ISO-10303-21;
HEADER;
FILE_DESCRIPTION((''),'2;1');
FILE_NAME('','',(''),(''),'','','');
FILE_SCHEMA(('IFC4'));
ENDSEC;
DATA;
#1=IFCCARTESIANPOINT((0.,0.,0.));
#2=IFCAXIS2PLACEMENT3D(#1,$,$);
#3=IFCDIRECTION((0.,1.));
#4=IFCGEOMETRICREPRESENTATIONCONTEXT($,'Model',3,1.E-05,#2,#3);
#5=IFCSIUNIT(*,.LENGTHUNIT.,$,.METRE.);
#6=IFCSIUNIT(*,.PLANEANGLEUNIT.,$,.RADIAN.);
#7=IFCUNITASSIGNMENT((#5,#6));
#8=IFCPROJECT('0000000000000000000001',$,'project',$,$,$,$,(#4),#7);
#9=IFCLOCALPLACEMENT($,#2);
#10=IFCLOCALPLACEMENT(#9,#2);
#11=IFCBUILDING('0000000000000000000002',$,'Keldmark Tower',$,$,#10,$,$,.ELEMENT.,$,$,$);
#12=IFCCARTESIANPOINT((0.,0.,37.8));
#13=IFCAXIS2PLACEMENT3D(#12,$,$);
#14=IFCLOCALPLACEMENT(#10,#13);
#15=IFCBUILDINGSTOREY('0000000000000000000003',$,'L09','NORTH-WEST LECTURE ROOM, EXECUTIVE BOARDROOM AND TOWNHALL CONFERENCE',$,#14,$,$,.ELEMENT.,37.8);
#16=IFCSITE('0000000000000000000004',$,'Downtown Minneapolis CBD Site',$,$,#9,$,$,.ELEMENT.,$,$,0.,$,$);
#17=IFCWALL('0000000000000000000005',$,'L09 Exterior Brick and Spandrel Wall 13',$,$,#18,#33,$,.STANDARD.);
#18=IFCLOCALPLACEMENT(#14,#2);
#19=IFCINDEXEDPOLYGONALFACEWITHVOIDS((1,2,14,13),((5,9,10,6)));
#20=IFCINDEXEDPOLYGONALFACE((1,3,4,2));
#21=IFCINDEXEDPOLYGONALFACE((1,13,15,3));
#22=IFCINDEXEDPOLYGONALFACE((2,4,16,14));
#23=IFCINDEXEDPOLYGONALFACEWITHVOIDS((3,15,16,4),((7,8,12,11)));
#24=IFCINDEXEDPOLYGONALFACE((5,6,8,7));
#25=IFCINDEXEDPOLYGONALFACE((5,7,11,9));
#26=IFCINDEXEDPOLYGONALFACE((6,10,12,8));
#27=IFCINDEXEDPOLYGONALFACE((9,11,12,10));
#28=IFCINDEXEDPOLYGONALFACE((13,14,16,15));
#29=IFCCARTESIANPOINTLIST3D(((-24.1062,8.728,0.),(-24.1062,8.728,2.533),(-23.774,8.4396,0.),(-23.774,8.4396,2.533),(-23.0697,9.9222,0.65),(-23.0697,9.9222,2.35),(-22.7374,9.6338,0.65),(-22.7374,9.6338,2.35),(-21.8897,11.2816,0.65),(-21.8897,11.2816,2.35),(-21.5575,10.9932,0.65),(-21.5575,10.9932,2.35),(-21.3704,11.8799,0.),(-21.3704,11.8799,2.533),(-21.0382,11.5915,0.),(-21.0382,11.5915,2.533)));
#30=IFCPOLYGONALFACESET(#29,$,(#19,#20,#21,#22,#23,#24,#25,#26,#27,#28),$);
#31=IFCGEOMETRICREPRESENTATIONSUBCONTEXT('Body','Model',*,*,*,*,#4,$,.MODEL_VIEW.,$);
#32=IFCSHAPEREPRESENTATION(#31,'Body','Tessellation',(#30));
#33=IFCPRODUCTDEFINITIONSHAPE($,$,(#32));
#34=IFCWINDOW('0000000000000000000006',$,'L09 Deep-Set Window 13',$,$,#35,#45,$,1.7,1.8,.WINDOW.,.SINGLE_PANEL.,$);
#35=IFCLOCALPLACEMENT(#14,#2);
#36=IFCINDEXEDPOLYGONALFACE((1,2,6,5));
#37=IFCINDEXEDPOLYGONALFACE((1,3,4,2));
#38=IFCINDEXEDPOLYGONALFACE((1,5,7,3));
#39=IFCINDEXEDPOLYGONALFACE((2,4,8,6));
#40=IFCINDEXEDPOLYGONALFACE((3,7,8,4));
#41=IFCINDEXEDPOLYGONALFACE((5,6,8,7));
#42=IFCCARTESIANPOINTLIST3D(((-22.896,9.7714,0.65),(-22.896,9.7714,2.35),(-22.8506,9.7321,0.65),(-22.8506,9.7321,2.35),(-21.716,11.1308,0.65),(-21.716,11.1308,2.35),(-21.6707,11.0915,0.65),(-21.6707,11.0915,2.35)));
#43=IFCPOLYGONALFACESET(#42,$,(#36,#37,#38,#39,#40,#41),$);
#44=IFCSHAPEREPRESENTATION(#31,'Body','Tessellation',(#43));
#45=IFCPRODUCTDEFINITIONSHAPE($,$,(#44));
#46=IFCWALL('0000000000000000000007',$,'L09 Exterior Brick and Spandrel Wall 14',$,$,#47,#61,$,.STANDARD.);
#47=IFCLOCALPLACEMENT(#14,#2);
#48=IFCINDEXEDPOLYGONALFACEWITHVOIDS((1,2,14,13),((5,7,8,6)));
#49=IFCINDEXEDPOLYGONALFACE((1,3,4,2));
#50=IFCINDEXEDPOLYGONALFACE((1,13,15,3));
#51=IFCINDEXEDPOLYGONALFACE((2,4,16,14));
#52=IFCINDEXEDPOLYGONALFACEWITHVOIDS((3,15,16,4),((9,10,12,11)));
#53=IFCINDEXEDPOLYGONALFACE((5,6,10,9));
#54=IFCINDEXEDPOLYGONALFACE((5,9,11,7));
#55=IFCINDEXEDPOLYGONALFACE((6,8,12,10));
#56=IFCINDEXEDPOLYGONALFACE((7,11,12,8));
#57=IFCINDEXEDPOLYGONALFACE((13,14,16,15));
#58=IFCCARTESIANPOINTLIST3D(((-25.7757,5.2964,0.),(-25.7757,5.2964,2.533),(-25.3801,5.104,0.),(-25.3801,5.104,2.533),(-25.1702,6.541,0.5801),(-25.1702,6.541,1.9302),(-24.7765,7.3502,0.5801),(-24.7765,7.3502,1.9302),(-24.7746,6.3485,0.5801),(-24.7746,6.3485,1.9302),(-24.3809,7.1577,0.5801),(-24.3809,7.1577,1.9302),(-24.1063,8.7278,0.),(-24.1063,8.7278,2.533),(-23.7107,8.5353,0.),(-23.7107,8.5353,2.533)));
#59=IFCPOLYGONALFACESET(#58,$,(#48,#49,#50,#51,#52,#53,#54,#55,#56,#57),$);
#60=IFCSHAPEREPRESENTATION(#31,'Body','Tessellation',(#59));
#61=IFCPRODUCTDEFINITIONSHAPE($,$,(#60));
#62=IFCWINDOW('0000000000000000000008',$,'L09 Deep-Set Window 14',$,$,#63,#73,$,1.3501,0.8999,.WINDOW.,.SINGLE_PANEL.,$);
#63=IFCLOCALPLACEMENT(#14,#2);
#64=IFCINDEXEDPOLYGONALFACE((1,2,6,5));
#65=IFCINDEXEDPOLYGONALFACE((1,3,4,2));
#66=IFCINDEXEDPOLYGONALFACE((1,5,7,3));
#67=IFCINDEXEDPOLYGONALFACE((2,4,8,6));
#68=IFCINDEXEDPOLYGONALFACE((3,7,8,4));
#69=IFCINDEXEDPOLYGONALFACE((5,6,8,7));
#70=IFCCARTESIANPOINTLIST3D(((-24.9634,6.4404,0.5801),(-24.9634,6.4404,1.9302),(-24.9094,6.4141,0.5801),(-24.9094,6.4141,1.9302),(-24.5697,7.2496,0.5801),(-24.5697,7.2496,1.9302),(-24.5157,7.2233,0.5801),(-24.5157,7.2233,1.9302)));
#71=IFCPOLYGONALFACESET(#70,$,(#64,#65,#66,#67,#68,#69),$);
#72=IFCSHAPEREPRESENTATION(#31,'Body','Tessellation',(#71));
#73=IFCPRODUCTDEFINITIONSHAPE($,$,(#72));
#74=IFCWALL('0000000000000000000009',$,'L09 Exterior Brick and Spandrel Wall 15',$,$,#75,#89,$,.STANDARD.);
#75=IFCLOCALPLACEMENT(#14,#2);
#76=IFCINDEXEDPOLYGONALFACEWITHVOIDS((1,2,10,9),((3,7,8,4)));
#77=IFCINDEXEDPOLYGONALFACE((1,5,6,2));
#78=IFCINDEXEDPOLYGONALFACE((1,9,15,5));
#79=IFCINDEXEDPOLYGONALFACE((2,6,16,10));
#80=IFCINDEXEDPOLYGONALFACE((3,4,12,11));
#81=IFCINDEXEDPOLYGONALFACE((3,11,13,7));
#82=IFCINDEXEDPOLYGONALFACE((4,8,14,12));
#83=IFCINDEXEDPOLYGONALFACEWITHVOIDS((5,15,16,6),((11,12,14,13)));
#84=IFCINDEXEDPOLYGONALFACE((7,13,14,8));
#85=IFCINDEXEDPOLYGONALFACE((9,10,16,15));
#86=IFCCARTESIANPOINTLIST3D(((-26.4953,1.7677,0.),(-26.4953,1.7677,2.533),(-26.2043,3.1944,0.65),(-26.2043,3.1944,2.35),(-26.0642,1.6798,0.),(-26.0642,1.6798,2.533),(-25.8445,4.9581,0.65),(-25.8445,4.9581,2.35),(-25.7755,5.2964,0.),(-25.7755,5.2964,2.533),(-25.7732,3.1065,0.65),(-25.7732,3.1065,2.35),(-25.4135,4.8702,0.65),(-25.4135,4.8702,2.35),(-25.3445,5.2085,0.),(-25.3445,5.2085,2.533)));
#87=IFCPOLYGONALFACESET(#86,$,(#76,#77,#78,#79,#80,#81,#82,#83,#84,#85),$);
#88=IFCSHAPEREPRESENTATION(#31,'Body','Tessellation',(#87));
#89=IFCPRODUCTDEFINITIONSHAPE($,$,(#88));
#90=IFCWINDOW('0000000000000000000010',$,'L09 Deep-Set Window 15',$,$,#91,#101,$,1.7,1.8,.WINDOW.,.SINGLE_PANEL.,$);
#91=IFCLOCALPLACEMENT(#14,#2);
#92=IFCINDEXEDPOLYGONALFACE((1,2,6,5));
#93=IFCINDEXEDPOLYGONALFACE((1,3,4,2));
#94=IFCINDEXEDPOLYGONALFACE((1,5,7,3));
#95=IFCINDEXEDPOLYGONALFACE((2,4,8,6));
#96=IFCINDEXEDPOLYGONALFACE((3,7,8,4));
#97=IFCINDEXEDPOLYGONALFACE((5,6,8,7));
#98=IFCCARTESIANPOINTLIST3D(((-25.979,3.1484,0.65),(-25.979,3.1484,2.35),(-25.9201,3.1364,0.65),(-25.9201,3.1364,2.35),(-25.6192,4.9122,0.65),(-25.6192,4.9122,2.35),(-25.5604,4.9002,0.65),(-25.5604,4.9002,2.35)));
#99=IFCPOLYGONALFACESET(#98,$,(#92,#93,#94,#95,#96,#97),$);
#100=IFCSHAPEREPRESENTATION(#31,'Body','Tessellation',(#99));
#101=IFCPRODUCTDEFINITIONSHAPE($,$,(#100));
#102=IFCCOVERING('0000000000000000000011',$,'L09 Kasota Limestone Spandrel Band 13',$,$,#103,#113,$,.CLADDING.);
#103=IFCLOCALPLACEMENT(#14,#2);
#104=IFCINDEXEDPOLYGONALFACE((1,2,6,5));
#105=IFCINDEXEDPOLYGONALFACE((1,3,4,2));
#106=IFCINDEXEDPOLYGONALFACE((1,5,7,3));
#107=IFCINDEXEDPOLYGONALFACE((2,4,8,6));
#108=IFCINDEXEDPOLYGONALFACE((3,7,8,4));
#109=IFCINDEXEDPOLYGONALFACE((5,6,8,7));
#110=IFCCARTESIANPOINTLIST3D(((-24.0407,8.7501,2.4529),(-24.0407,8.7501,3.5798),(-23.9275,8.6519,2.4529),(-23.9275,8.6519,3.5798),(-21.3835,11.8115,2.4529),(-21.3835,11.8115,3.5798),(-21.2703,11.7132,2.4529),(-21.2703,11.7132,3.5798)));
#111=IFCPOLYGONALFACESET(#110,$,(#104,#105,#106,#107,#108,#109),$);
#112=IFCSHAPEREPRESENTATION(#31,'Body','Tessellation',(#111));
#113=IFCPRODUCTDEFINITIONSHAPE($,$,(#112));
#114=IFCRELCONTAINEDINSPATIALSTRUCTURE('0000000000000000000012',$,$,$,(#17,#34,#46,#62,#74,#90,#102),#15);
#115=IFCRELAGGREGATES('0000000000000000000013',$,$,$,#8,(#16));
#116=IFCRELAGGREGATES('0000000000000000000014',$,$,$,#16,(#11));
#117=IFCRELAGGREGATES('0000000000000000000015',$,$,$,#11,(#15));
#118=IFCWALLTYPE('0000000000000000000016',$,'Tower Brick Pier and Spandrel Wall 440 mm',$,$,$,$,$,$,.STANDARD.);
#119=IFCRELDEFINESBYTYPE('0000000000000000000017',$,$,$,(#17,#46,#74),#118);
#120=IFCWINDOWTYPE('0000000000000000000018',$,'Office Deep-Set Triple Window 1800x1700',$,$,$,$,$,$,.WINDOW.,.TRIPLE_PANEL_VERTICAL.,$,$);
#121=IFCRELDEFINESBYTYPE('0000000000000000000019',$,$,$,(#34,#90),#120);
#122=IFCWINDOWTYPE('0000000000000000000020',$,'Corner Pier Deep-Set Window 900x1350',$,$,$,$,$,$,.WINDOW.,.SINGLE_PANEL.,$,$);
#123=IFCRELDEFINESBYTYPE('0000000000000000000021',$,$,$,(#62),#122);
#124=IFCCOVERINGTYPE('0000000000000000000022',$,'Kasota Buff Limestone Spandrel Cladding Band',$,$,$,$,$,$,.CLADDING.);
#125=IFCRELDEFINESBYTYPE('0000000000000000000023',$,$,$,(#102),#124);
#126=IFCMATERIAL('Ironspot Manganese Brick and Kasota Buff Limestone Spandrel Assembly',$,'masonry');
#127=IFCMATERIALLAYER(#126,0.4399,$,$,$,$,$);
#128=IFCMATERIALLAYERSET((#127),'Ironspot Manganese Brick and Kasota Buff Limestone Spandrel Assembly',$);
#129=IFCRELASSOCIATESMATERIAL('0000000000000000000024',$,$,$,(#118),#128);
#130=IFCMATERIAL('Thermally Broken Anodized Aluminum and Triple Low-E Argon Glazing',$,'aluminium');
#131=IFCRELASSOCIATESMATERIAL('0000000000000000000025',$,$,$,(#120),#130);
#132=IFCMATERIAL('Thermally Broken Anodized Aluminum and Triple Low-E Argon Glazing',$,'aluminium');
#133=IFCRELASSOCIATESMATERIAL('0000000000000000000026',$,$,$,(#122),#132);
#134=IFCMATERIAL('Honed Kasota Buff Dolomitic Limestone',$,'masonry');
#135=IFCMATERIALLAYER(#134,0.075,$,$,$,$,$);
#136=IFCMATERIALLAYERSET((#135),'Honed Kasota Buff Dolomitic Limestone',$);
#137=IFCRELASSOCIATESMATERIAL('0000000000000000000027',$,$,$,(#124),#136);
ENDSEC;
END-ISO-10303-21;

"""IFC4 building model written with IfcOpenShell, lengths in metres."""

from ifc_helpers import new_model, si_unit, direction, frame, frame_2d, origin, origin_2d, place, context, subcontext, project, spatial, rectangle, extrude, material, layer, layer_set, type_object, element, fill, save


model = new_model("IFC4")

# Units and contexts
model_context = context("Model", 3, precision=1e-05, world=origin(), true_north=direction((0.0, 1.0)))
body_context = subcontext(model_context, "Body", "Model", "MODEL_VIEW")
ifc_project = project(units=[si_unit("LENGTHUNIT", "METRE"), si_unit("PLANEANGLEUNIT", "RADIAN")], contexts=[model_context])

# Site, building, storey
site_placement = place(None, origin())
site = spatial("IfcSite", under=ifc_project, at=site_placement, Name="Downtown Minneapolis CBD Site", CompositionType="ELEMENT", RefElevation=0.0)
building_placement = place(site_placement, origin())
building = spatial("IfcBuilding", under=site, at=building_placement, Name="Keldmark Tower", CompositionType="ELEMENT")
storey_placement = place(building_placement, frame((0.0, 0.0, 37.8)))
storey = spatial("IfcBuildingStorey", under=building, at=storey_placement, Name="L09", Description="NORTH-WEST LECTURE ROOM, EXECUTIVE BOARDROOM AND TOWNHALL CONFERENCE", CompositionType="ELEMENT", Elevation=37.8)

# Walls, openings, windows
ifc_material_1 = material(Name="Ironspot Manganese Brick and Kasota Buff Limestone Spandrel Assembly", Category="masonry")
ifc_layer_1 = layer(ifc_material_1, 0.4399)
ifc_layer_set_1 = layer_set([ifc_layer_1], Name="Ironspot Manganese Brick and Kasota Buff Limestone Spandrel Assembly")
wall_type_1 = type_object("IfcWallType", Name="Tower Brick Pier and Spandrel Wall 440 mm", PredefinedType="STANDARD", material=ifc_layer_set_1)
ifc_material_2 = material(Name="Thermally Broken Anodized Aluminum and Triple Low-E Argon Glazing", Category="aluminium")
window_type_1 = type_object("IfcWindowType", Name="Office Deep-Set Triple Window 1800x1700", PartitioningType="TRIPLE_PANEL_VERTICAL", PredefinedType="WINDOW", material=ifc_material_2)
wall_1_placement = place(storey_placement, frame((-23.9402, 8.5837, 0.0), z_axis=(0.0, 0.0, 1.0), x_axis=(0.655509, 0.755187, 0.0)))
wall_1 = element("IfcWall", 1, at=wall_1_placement, inside=storey, type_object=wall_type_1, Name="L09 Exterior Brick and Spandrel Wall 13", PredefinedType="STANDARD", context=body_context, shape_type="SweptSolid", body=[
    extrude(rectangle(XDim=4.1736, YDim=0.4399, at=frame_2d((2.0869, 0.0))), origin(), (0.0, 0.0, 1.0), 2.533),
])
opening_1_placement = place(wall_1_placement, frame((1.5815, 0.0, 0.6499)))
opening_1 = element("IfcOpeningElement", 2, at=opening_1_placement, cuts=wall_1, PredefinedType="OPENING", context=body_context, shape_type="SweptSolid", body=[
    extrude(rectangle(XDim=1.8, YDim=1.7, at=frame_2d((0.8999, 0.8501))), frame((0.0, 0.23, 0.0), z_axis=(0.0, -1.0, 0.0), x_axis=(1.0, 0.0, 0.0)), (0.0, 0.0, 1.0), 0.46),
])
window_1_placement = place(opening_1_placement, origin())
window_1 = element("IfcWindow", 3, at=window_1_placement, inside=storey, type_object=window_type_1, Name="L09 Deep-Set Window 13", OverallHeight=1.7, OverallWidth=1.8, PartitioningType="SINGLE_PANEL", PredefinedType="WINDOW", context=body_context, shape_type="SweptSolid", body=[
    extrude(rectangle(XDim=1.8, YDim=1.7, at=frame_2d((0.8999, 0.8501))), frame((0.0, -0.01, 0.0), z_axis=(0.0, -1.0, 0.0), x_axis=(1.0, 0.0, 0.0)), (0.0, 0.0, 1.0), 0.0601),
])
fill(opening_1, window_1)
wall_2_placement = place(storey_placement, frame((-25.5779, 5.2002, 0.0), z_axis=(0.0, 0.0, 1.0), x_axis=(0.437488, 0.899224, 0.0)))
wall_2 = element("IfcWall", 4, at=wall_2_placement, inside=storey, type_object=wall_type_1, Name="L09 Exterior Brick and Spandrel Wall 14", PredefinedType="STANDARD", context=body_context, shape_type="SweptSolid", body=[
    extrude(rectangle(XDim=3.8159, YDim=0.4399, at=frame_2d((1.908, 0.0))), origin(), (0.0, 0.0, 1.0), 2.533),
])
opening_2_placement = place(wall_2_placement, frame((1.384, 0.0, 0.5801)))
opening_2 = element("IfcOpeningElement", 5, at=opening_2_placement, cuts=wall_2, PredefinedType="OPENING", context=body_context, shape_type="SweptSolid", body=[
    extrude(rectangle(XDim=0.8999, YDim=1.3501, at=frame_2d((0.45, 0.675))), frame((0.0, 0.23, 0.0), z_axis=(0.0, -1.0, 0.0), x_axis=(1.0, 0.0, 0.0)), (0.0, 0.0, 1.0), 0.46),
])
ifc_material_3 = material(Name="Thermally Broken Anodized Aluminum and Triple Low-E Argon Glazing", Category="aluminium")
window_type_2 = type_object("IfcWindowType", Name="Corner Pier Deep-Set Window 900x1350", PartitioningType="SINGLE_PANEL", PredefinedType="WINDOW", material=ifc_material_3)
window_2_placement = place(opening_2_placement, origin())
window_2 = element("IfcWindow", 6, at=window_2_placement, inside=storey, type_object=window_type_2, Name="L09 Deep-Set Window 14", OverallHeight=1.3501, OverallWidth=0.8999, PartitioningType="SINGLE_PANEL", PredefinedType="WINDOW", context=body_context, shape_type="SweptSolid", body=[
    extrude(rectangle(XDim=0.8999, YDim=1.3501, at=frame_2d((0.45, 0.675))), frame((0.0, -0.01, 0.0), z_axis=(0.0, -1.0, 0.0), x_axis=(1.0, 0.0, 0.0)), (0.0, 0.0, 1.0), 0.0601),
])
fill(opening_2, window_2)
wall_3_placement = place(storey_placement, frame((-26.2798, 1.7236, 0.0), z_axis=(0.0, 0.0, 1.0), x_axis=(0.199856, 0.979825, 0.0)))
wall_3 = element("IfcWall", 7, at=wall_3_placement, inside=storey, type_object=wall_type_1, Name="L09 Exterior Brick and Spandrel Wall 15", PredefinedType="STANDARD", context=body_context, shape_type="SweptSolid", body=[
    extrude(rectangle(XDim=3.6013, YDim=0.4399, at=frame_2d((1.8008, 0.0))), origin(), (0.0, 0.0, 1.0), 2.533),
])
opening_3_placement = place(wall_3_placement, frame((1.4563, 0.0, 0.6499)))
opening_3 = element("IfcOpeningElement", 8, at=opening_3_placement, cuts=wall_3, PredefinedType="OPENING", context=body_context, shape_type="SweptSolid", body=[
    extrude(rectangle(XDim=1.8, YDim=1.7, at=frame_2d((0.8999, 0.8501))), frame((0.0, 0.23, 0.0), z_axis=(0.0, -1.0, 0.0), x_axis=(1.0, 0.0, 0.0)), (0.0, 0.0, 1.0), 0.46),
])
window_3_placement = place(opening_3_placement, origin())
window_3 = element("IfcWindow", 9, at=window_3_placement, inside=storey, type_object=window_type_1, Name="L09 Deep-Set Window 15", OverallHeight=1.7, OverallWidth=1.8, PartitioningType="SINGLE_PANEL", PredefinedType="WINDOW", context=body_context, shape_type="SweptSolid", body=[
    extrude(rectangle(XDim=1.8, YDim=1.7, at=frame_2d((0.8999, 0.8501))), frame((0.0, -0.01, 0.0), z_axis=(0.0, -1.0, 0.0), x_axis=(1.0, 0.0, 0.0)), (0.0, 0.0, 1.0), 0.0601),
])
fill(opening_3, window_3)

# Covering
ifc_material_4 = material(Name="Honed Kasota Buff Dolomitic Limestone", Category="masonry")
ifc_layer_2 = layer(ifc_material_4, 0.075)
ifc_layer_set_2 = layer_set([ifc_layer_2], Name="Honed Kasota Buff Dolomitic Limestone")
covering_type = type_object("IfcCoveringType", Name="Kasota Buff Limestone Spandrel Cladding Band", PredefinedType="CLADDING", material=ifc_layer_set_2)
covering_placement = place(storey_placement, frame((-22.6555, 10.2317, 2.4529), z_axis=(0.0, 0.0, 1.0), x_axis=(-0.655492, -0.755202, 0.0)))
element("IfcCovering", 10, at=covering_placement, inside=storey, type_object=covering_type, Name="L09 Kasota Limestone Spandrel Band 13", PredefinedType="CLADDING", context=body_context, shape_type="SweptSolid", body=[
    extrude(rectangle(XDim=4.0537, YDim=0.1499, at=origin_2d()), origin(), (0.0, 0.0, 1.0), 1.127),
])

save(model, "model.ifc")
